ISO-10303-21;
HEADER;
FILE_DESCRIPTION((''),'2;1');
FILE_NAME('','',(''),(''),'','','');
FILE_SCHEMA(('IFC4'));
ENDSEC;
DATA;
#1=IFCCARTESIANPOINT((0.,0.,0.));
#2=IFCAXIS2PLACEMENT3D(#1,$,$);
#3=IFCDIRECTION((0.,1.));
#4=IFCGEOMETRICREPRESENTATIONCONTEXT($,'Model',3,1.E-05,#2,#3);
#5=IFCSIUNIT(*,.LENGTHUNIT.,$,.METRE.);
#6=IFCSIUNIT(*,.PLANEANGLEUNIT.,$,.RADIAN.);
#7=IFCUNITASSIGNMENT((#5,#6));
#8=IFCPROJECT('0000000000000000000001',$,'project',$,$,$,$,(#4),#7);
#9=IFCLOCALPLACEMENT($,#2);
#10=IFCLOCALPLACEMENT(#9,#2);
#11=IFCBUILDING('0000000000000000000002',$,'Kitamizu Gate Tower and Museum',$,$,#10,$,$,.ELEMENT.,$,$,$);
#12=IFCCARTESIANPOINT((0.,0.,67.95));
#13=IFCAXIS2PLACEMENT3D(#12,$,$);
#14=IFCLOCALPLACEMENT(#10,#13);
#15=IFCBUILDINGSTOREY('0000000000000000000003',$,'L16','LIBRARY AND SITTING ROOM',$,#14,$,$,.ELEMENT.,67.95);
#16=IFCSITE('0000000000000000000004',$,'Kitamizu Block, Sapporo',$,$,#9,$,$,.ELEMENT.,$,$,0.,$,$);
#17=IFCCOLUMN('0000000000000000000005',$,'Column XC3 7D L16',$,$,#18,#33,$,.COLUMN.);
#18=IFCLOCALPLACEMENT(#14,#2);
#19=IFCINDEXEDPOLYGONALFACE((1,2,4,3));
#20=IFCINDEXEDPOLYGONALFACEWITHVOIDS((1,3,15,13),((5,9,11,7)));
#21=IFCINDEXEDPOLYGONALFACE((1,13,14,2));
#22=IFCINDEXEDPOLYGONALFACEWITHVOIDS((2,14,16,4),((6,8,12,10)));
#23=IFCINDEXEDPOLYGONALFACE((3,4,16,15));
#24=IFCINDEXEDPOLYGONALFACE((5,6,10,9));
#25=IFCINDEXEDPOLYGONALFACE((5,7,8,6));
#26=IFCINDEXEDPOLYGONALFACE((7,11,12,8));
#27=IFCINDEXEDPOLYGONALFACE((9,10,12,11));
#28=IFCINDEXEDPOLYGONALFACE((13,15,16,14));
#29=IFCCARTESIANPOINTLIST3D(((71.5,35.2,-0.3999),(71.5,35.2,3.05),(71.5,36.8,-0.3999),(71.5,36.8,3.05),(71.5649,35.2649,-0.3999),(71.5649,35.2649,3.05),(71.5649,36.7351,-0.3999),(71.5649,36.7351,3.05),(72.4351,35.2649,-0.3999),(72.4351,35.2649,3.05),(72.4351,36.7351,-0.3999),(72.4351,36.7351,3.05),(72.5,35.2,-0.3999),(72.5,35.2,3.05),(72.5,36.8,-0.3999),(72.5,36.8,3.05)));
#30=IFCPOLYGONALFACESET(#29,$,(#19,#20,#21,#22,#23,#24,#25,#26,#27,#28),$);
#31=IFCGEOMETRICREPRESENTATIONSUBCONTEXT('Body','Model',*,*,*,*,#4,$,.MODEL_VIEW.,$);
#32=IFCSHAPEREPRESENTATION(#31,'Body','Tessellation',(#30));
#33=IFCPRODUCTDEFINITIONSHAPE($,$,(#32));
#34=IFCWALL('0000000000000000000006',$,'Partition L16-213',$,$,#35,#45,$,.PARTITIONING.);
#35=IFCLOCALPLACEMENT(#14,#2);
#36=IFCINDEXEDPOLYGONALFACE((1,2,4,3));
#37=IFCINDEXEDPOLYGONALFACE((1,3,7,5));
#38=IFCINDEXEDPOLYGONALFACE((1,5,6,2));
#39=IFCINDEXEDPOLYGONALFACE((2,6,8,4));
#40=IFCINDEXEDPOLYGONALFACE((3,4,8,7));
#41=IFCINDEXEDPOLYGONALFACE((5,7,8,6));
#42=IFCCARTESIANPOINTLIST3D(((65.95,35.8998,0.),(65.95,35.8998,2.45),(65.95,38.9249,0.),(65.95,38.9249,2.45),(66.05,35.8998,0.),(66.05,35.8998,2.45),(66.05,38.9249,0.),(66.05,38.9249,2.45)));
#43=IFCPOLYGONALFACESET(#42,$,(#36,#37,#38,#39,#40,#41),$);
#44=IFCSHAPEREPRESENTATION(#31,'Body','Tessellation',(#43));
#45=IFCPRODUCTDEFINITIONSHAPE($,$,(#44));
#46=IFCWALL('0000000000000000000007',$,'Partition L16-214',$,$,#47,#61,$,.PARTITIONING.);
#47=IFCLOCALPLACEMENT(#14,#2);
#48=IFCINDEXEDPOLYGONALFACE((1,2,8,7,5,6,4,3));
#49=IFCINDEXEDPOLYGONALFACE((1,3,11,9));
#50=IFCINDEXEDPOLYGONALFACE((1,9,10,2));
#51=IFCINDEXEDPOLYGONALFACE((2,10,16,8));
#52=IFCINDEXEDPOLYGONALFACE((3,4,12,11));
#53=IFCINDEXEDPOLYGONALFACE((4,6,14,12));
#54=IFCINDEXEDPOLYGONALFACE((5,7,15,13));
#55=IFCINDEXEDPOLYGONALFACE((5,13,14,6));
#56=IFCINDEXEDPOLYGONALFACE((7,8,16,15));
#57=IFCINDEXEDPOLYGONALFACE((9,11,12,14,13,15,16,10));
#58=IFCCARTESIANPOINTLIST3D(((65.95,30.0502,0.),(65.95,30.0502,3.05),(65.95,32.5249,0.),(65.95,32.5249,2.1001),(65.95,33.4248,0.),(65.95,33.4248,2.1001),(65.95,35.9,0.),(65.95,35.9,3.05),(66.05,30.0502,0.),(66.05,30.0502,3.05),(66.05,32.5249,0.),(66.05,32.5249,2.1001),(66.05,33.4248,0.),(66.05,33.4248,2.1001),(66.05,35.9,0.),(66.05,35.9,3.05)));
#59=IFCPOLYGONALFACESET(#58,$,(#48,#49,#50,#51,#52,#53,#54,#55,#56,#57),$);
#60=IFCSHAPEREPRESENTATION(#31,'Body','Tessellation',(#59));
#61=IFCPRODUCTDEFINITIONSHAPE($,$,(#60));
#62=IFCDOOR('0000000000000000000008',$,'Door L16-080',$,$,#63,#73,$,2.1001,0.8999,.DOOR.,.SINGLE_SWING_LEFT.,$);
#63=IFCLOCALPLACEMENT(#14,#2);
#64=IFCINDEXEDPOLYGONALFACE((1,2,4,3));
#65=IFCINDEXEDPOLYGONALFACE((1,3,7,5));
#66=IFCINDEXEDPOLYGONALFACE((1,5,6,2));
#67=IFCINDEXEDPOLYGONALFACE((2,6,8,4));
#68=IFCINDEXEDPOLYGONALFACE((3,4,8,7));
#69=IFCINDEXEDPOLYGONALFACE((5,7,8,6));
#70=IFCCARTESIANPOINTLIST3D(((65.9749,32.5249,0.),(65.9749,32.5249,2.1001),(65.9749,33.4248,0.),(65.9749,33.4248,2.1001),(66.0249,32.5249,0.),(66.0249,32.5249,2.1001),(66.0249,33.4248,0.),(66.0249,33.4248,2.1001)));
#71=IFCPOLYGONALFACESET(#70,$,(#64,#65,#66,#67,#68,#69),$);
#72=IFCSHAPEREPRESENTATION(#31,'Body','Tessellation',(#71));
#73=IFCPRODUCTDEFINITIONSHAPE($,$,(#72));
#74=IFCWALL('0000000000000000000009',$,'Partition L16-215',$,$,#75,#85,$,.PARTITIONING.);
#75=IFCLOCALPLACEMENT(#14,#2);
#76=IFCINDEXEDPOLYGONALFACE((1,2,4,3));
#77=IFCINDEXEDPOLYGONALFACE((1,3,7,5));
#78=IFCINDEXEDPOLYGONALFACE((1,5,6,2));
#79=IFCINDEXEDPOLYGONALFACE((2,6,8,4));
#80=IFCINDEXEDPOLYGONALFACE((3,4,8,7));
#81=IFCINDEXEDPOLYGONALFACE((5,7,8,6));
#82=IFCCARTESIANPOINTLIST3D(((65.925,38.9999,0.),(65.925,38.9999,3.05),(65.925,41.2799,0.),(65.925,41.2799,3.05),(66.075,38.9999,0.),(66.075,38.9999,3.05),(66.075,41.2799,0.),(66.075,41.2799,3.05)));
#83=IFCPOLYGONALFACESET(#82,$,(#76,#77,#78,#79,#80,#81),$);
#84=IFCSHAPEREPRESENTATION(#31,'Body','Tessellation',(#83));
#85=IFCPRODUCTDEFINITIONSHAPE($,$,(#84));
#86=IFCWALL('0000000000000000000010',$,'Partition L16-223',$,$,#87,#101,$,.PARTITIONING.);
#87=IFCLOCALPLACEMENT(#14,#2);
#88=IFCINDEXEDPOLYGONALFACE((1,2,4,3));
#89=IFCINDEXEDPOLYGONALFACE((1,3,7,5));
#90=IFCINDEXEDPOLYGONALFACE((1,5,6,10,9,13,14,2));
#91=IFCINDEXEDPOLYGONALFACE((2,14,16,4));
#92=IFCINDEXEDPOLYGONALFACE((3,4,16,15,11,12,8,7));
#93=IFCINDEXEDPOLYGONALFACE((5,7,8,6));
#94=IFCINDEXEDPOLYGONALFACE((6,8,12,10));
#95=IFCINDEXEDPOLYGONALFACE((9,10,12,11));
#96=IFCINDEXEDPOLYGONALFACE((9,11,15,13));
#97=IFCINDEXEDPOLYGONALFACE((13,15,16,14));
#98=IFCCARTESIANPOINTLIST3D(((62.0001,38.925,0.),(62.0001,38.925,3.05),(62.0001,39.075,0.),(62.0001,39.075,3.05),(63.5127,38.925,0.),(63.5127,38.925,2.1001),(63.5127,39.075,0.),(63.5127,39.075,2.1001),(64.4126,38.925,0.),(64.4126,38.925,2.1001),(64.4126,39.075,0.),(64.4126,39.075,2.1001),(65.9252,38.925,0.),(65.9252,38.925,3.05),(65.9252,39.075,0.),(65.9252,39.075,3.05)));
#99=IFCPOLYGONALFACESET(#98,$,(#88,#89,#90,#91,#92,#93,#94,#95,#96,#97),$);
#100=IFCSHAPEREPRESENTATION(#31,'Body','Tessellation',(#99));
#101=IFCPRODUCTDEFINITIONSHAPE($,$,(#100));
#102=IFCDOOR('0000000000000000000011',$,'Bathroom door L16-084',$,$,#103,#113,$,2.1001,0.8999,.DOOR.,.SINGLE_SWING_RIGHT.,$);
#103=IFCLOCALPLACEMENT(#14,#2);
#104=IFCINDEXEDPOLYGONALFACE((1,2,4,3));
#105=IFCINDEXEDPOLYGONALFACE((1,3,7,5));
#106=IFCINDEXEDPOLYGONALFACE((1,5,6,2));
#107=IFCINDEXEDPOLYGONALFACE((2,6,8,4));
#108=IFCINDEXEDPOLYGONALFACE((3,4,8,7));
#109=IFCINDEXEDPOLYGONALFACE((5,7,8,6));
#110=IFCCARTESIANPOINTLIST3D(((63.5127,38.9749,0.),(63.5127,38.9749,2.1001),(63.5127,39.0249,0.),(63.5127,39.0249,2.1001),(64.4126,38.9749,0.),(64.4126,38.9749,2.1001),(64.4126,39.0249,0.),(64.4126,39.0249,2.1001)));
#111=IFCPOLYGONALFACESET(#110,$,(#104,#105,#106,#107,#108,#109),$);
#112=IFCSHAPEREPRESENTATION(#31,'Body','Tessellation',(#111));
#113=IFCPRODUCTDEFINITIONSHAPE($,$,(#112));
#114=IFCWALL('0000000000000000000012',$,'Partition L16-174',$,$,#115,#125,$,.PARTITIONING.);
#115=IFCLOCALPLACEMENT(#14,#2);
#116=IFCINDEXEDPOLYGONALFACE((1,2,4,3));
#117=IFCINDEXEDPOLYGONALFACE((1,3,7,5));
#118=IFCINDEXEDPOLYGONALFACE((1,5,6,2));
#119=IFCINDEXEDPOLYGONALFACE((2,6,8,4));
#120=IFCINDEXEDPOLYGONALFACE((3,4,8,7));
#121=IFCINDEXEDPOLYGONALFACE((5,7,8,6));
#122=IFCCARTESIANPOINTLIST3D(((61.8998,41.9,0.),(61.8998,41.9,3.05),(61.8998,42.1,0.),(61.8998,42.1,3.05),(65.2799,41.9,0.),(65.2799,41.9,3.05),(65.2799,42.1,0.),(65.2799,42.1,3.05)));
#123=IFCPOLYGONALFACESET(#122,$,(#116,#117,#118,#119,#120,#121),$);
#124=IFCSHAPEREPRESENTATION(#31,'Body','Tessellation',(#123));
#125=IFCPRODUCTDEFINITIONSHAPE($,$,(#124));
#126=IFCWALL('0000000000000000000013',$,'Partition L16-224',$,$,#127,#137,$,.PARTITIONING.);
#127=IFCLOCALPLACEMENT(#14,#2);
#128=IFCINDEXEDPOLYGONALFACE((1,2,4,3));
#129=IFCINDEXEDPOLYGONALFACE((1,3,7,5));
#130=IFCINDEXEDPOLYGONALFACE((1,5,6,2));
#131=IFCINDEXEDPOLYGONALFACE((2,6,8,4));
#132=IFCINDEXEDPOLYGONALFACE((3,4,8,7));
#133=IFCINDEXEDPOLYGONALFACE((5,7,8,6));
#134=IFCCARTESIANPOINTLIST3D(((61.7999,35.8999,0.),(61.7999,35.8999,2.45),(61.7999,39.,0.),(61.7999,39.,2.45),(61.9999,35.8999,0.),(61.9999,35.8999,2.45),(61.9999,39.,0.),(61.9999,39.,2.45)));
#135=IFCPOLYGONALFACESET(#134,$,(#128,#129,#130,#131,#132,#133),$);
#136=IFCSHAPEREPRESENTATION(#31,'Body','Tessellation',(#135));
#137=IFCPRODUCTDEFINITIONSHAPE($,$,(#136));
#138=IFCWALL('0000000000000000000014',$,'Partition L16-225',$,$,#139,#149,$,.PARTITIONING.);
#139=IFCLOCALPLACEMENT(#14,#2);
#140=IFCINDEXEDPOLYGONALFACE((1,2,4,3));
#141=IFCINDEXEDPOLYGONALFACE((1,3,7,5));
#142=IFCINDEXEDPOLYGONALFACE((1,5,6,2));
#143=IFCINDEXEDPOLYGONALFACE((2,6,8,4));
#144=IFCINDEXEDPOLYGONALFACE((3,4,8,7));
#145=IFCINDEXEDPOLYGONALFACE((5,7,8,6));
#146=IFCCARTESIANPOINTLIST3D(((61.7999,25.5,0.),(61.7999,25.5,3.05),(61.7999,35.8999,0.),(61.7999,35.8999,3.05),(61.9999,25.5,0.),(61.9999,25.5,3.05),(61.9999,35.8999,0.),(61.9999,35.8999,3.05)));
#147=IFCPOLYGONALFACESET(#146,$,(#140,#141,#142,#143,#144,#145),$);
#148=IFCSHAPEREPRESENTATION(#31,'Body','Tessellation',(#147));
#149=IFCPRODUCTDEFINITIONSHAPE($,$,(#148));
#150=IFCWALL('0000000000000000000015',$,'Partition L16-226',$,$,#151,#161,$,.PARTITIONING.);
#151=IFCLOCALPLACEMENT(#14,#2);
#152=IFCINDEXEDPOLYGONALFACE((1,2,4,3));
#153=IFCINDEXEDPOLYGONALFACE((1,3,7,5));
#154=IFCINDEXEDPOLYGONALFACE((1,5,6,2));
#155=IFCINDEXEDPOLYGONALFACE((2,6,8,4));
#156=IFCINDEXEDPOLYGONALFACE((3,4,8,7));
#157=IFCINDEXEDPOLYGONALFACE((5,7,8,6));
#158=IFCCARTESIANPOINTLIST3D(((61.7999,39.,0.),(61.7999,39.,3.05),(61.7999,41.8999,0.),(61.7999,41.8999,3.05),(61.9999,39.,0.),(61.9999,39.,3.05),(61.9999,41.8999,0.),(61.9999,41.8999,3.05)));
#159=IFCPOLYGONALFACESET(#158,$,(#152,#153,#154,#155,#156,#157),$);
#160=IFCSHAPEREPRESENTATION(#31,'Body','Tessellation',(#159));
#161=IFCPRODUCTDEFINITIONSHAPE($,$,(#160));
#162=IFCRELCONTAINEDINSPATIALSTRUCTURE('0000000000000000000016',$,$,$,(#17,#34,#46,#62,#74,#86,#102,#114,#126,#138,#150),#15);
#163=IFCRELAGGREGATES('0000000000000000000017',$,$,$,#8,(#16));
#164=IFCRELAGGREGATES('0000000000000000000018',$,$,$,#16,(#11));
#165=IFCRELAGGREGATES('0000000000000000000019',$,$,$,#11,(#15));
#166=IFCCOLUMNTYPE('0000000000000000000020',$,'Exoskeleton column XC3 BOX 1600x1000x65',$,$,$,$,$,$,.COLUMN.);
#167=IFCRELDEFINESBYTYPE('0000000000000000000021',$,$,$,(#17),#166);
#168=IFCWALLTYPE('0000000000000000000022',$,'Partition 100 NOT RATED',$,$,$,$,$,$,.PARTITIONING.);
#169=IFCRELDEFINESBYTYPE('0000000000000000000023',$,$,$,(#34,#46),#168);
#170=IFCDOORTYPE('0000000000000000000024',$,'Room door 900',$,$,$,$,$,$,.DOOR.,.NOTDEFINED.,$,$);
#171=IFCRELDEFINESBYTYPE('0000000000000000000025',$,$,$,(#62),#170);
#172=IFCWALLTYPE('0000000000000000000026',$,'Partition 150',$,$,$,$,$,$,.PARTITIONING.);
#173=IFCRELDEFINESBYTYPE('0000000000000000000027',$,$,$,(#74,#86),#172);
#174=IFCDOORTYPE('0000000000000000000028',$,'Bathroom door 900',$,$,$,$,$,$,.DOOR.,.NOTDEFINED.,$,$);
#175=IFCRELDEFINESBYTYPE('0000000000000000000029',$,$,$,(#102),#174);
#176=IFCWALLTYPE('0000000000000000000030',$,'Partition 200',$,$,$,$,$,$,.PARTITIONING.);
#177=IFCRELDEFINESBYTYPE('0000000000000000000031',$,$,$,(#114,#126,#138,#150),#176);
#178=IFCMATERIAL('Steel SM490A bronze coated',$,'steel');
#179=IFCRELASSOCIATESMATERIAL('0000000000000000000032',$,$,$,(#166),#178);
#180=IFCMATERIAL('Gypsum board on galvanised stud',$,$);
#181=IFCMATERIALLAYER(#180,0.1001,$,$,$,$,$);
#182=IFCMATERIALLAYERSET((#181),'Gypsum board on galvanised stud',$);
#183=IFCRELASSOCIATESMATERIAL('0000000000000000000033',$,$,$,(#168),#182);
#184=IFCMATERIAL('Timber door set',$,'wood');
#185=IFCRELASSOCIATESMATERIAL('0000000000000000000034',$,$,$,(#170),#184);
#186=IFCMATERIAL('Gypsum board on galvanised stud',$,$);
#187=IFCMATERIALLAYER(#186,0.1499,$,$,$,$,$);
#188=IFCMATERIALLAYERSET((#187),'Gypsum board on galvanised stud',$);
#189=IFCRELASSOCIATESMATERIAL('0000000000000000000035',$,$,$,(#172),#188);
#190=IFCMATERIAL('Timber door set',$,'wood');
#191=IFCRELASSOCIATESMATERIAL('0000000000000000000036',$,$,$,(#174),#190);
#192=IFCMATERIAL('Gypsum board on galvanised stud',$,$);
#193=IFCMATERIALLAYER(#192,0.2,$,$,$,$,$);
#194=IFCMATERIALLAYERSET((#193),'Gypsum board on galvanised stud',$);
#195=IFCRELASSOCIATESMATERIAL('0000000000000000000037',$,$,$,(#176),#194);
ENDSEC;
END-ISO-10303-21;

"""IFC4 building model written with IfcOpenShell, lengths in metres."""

from ifc_helpers import new_model, si_unit, direction, frame, frame_2d, origin, origin_2d, place, context, subcontext, project, spatial, rectangle, hollow_rectangle, extrude, material, layer, layer_set, material_profile, profile_set, type_object, element, fill, save


model = new_model("IFC4")

# Units and contexts
model_context = context("Model", 3, precision=1e-05, world=origin(), true_north=direction((0.0, 1.0)))
body_context = subcontext(model_context, "Body", "Model", "MODEL_VIEW")
ifc_project = project(units=[si_unit("LENGTHUNIT", "METRE"), si_unit("PLANEANGLEUNIT", "RADIAN")], contexts=[model_context])

# Site, building, storey
site_placement = place(None, origin())
site = spatial("IfcSite", under=ifc_project, at=site_placement, Name="Kitamizu Block, Sapporo", CompositionType="ELEMENT", RefElevation=0.0)
building_placement = place(site_placement, origin())
building = spatial("IfcBuilding", under=site, at=building_placement, Name="Kitamizu Gate Tower and Museum", CompositionType="ELEMENT")
storey_placement = place(building_placement, frame((0.0, 0.0, 67.95)))
storey = spatial("IfcBuildingStorey", under=building, at=storey_placement, Name="L16", Description="LIBRARY AND SITTING ROOM", CompositionType="ELEMENT", Elevation=67.95)

# Column
ifc_material_1 = material(Name="Steel SM490A bronze coated", Category="steel")
ifc_material_profile = material_profile(ifc_material_1, hollow_rectangle(XDim=1.6001, YDim=1.0, WallThickness=0.0649, at=origin_2d()), Name="BOX 1600x1000x65")
ifc_profile_set = profile_set([ifc_material_profile], Name="Steel SM490A bronze coated")
column_type = type_object("IfcColumnType", Name="Exoskeleton column XC3 BOX 1600x1000x65", PredefinedType="COLUMN", material=ifc_profile_set)
column_placement = place(storey_placement, frame((72.0, 36.0, -0.3999), z_axis=(0.0, 0.0, 1.0), x_axis=(0.0, 1.0, 0.0)))
element("IfcColumn", 1, at=column_placement, inside=storey, type_object=column_type, Name="Column XC3 7D L16", PredefinedType="COLUMN", context=body_context, shape_type="SweptSolid", body=[
    extrude(hollow_rectangle(XDim=1.6001, YDim=1.0, WallThickness=0.0649, at=origin_2d()), origin(), (0.0, 0.0, 1.0), 3.45),
])

# Wall
ifc_material_2 = material(Name="Gypsum board on galvanised stud")
ifc_layer_1 = layer(ifc_material_2, 0.1001)
ifc_layer_set_1 = layer_set([ifc_layer_1], Name="Gypsum board on galvanised stud")
wall_type_1 = type_object("IfcWallType", Name="Partition 100 NOT RATED", PredefinedType="PARTITIONING", material=ifc_layer_set_1)
wall_1_placement = place(storey_placement, frame((66.0, 38.925, 0.0), z_axis=(0.0, 0.0, 1.0), x_axis=(0.0, -1.0, 0.0)))
element("IfcWall", 2, at=wall_1_placement, inside=storey, type_object=wall_type_1, Name="Partition L16-213", PredefinedType="PARTITIONING", context=body_context, shape_type="SweptSolid", body=[
    extrude(rectangle(XDim=3.0251, YDim=0.1001, at=frame_2d((1.5127, 0.0))), origin(), (0.0, 0.0, 1.0), 2.45),
])

# Wall, opening, door
wall_2_placement = place(storey_placement, frame((66.0, 35.8999, 0.0), z_axis=(0.0, 0.0, 1.0), x_axis=(0.0, -1.0, 0.0)))
wall_2 = element("IfcWall", 3, at=wall_2_placement, inside=storey, type_object=wall_type_1, Name="Partition L16-214", PredefinedType="PARTITIONING", context=body_context, shape_type="SweptSolid", body=[
    extrude(rectangle(XDim=5.8499, YDim=0.1001, at=frame_2d((2.9248, 0.0))), origin(), (0.0, 0.0, 1.0), 3.05),
])
opening_1_placement = place(wall_2_placement, frame((2.4751, 0.0, 0.0)))
opening_1 = element("IfcOpeningElement", 4, at=opening_1_placement, cuts=wall_2, PredefinedType="OPENING", context=body_context, shape_type="SweptSolid", body=[
    extrude(rectangle(XDim=0.8999, YDim=2.1001, at=frame_2d((0.45, 1.05))), frame((0.0, 0.0601, 0.0), z_axis=(0.0, -1.0, 0.0), x_axis=(1.0, 0.0, 0.0)), (0.0, 0.0, 1.0), 0.1201),
])
ifc_material_3 = material(Name="Timber door set", Category="wood")
door_type_1 = type_object("IfcDoorType", Name="Room door 900", OperationType="NOTDEFINED", PredefinedType="DOOR", material=ifc_material_3)
door_1_placement = place(opening_1_placement, origin())
door_1 = element("IfcDoor", 5, at=door_1_placement, inside=storey, type_object=door_type_1, Name="Door L16-080", OperationType="SINGLE_SWING_LEFT", OverallHeight=2.1001, OverallWidth=0.8999, PredefinedType="DOOR", context=body_context, shape_type="SweptSolid", body=[
    extrude(rectangle(XDim=0.8999, YDim=2.1001, at=frame_2d((0.45, 1.05))), frame((0.0, 0.0249, 0.0), z_axis=(0.0, -1.0, 0.0), x_axis=(1.0, 0.0, 0.0)), (0.0, 0.0, 1.0), 0.05),
])
fill(opening_1, door_1)

# Wall
ifc_material_4 = material(Name="Gypsum board on galvanised stud")
ifc_layer_2 = layer(ifc_material_4, 0.1499)
ifc_layer_set_2 = layer_set([ifc_layer_2], Name="Gypsum board on galvanised stud")
wall_type_2 = type_object("IfcWallType", Name="Partition 150", PredefinedType="PARTITIONING", material=ifc_layer_set_2)
wall_3_placement = place(storey_placement, frame((66.0, 41.28, 0.0), z_axis=(0.0, 0.0, 1.0), x_axis=(0.0, -1.0, 0.0)))
element("IfcWall", 6, at=wall_3_placement, inside=storey, type_object=wall_type_2, Name="Partition L16-215", PredefinedType="PARTITIONING", context=body_context, shape_type="SweptSolid", body=[
    extrude(rectangle(XDim=2.28, YDim=0.1499, at=frame_2d((1.1401, 0.0))), origin(), (0.0, 0.0, 1.0), 3.05),
])

# Wall, opening, door
wall_4_placement = place(storey_placement, frame((65.925, 39.0, 0.0), z_axis=(0.0, 0.0, 1.0), x_axis=(-1.0, 0.0, 0.0)))
wall_4 = element("IfcWall", 7, at=wall_4_placement, inside=storey, type_object=wall_type_2, Name="Partition L16-223", PredefinedType="PARTITIONING", context=body_context, shape_type="SweptSolid", body=[
    extrude(rectangle(XDim=3.925, YDim=0.1499, at=frame_2d((1.9624, 0.0))), origin(), (0.0, 0.0, 1.0), 3.05),
])
opening_2_placement = place(wall_4_placement, frame((1.5125, 0.0, 0.0)))
opening_2 = element("IfcOpeningElement", 8, at=opening_2_placement, cuts=wall_4, PredefinedType="OPENING", context=body_context, shape_type="SweptSolid", body=[
    extrude(rectangle(XDim=0.8999, YDim=2.1001, at=frame_2d((0.45, 1.05))), frame((0.0, 0.085, 0.0), z_axis=(0.0, -1.0, 0.0), x_axis=(1.0, 0.0, 0.0)), (0.0, 0.0, 1.0), 0.1699),
])
ifc_material_5 = material(Name="Timber door set", Category="wood")
door_type_2 = type_object("IfcDoorType", Name="Bathroom door 900", OperationType="NOTDEFINED", PredefinedType="DOOR", material=ifc_material_5)
door_2_placement = place(opening_2_placement, frame((0.8999, 0.0, 0.0), x_axis=(-1.0, 0.0, 0.0)))
door_2 = element("IfcDoor", 9, at=door_2_placement, inside=storey, type_object=door_type_2, Name="Bathroom door L16-084", OperationType="SINGLE_SWING_RIGHT", OverallHeight=2.1001, OverallWidth=0.8999, PredefinedType="DOOR", context=body_context, shape_type="SweptSolid", body=[
    extrude(rectangle(XDim=0.8999, YDim=2.1001, at=frame_2d((0.45, 1.05))), frame((0.0, 0.0249, 0.0), z_axis=(0.0, -1.0, 0.0), x_axis=(1.0, 0.0, 0.0)), (0.0, 0.0, 1.0), 0.05),
])
fill(opening_2, door_2)

# Walls
ifc_material_6 = material(Name="Gypsum board on galvanised stud")
ifc_layer_3 = layer(ifc_material_6, 0.2)
ifc_layer_set_3 = layer_set([ifc_layer_3], Name="Gypsum board on galvanised stud")
wall_type_3 = type_object("IfcWallType", Name="Partition 200", PredefinedType="PARTITIONING", material=ifc_layer_set_3)
wall_5_placement = place(storey_placement, frame((61.8999, 42.0, 0.0), z_axis=(0.0, 0.0, 1.0), x_axis=(1.0, 0.0, 0.0)))
element("IfcWall", 10, at=wall_5_placement, inside=storey, type_object=wall_type_3, Name="Partition L16-174", PredefinedType="PARTITIONING", context=body_context, shape_type="SweptSolid", body=[
    extrude(rectangle(XDim=3.3801, YDim=0.2, at=frame_2d((1.6899, 0.0))), origin(), (0.0, 0.0, 1.0), 3.05),
])
wall_6_placement = place(storey_placement, frame((61.8999, 39.0, 0.0), z_axis=(0.0, 0.0, 1.0), x_axis=(0.0, -1.0, 0.0)))
element("IfcWall", 11, at=wall_6_placement, inside=storey, type_object=wall_type_3, Name="Partition L16-224", PredefinedType="PARTITIONING", context=body_context, shape_type="SweptSolid", body=[
    extrude(rectangle(XDim=3.1001, YDim=0.2, at=frame_2d((1.55, 0.0))), origin(), (0.0, 0.0, 1.0), 2.45),
])
wall_7_placement = place(storey_placement, frame((61.8999, 35.8999, 0.0), z_axis=(0.0, 0.0, 1.0), x_axis=(0.0, -1.0, 0.0)))
element("IfcWall", 12, at=wall_7_placement, inside=storey, type_object=wall_type_3, Name="Partition L16-225", PredefinedType="PARTITIONING", context=body_context, shape_type="SweptSolid", body=[
    extrude(rectangle(XDim=10.3999, YDim=0.2, at=frame_2d((5.2, 0.0))), origin(), (0.0, 0.0, 1.0), 3.05),
])
wall_8_placement = place(storey_placement, frame((61.8999, 41.8999, 0.0), z_axis=(0.0, 0.0, 1.0), x_axis=(0.0, -1.0, 0.0)))
element("IfcWall", 13, at=wall_8_placement, inside=storey, type_object=wall_type_3, Name="Partition L16-226", PredefinedType="PARTITIONING", context=body_context, shape_type="SweptSolid", body=[
    extrude(rectangle(XDim=2.8999, YDim=0.2, at=frame_2d((1.45, 0.0))), origin(), (0.0, 0.0, 1.0), 3.05),
])

save(model, "model.ifc")
